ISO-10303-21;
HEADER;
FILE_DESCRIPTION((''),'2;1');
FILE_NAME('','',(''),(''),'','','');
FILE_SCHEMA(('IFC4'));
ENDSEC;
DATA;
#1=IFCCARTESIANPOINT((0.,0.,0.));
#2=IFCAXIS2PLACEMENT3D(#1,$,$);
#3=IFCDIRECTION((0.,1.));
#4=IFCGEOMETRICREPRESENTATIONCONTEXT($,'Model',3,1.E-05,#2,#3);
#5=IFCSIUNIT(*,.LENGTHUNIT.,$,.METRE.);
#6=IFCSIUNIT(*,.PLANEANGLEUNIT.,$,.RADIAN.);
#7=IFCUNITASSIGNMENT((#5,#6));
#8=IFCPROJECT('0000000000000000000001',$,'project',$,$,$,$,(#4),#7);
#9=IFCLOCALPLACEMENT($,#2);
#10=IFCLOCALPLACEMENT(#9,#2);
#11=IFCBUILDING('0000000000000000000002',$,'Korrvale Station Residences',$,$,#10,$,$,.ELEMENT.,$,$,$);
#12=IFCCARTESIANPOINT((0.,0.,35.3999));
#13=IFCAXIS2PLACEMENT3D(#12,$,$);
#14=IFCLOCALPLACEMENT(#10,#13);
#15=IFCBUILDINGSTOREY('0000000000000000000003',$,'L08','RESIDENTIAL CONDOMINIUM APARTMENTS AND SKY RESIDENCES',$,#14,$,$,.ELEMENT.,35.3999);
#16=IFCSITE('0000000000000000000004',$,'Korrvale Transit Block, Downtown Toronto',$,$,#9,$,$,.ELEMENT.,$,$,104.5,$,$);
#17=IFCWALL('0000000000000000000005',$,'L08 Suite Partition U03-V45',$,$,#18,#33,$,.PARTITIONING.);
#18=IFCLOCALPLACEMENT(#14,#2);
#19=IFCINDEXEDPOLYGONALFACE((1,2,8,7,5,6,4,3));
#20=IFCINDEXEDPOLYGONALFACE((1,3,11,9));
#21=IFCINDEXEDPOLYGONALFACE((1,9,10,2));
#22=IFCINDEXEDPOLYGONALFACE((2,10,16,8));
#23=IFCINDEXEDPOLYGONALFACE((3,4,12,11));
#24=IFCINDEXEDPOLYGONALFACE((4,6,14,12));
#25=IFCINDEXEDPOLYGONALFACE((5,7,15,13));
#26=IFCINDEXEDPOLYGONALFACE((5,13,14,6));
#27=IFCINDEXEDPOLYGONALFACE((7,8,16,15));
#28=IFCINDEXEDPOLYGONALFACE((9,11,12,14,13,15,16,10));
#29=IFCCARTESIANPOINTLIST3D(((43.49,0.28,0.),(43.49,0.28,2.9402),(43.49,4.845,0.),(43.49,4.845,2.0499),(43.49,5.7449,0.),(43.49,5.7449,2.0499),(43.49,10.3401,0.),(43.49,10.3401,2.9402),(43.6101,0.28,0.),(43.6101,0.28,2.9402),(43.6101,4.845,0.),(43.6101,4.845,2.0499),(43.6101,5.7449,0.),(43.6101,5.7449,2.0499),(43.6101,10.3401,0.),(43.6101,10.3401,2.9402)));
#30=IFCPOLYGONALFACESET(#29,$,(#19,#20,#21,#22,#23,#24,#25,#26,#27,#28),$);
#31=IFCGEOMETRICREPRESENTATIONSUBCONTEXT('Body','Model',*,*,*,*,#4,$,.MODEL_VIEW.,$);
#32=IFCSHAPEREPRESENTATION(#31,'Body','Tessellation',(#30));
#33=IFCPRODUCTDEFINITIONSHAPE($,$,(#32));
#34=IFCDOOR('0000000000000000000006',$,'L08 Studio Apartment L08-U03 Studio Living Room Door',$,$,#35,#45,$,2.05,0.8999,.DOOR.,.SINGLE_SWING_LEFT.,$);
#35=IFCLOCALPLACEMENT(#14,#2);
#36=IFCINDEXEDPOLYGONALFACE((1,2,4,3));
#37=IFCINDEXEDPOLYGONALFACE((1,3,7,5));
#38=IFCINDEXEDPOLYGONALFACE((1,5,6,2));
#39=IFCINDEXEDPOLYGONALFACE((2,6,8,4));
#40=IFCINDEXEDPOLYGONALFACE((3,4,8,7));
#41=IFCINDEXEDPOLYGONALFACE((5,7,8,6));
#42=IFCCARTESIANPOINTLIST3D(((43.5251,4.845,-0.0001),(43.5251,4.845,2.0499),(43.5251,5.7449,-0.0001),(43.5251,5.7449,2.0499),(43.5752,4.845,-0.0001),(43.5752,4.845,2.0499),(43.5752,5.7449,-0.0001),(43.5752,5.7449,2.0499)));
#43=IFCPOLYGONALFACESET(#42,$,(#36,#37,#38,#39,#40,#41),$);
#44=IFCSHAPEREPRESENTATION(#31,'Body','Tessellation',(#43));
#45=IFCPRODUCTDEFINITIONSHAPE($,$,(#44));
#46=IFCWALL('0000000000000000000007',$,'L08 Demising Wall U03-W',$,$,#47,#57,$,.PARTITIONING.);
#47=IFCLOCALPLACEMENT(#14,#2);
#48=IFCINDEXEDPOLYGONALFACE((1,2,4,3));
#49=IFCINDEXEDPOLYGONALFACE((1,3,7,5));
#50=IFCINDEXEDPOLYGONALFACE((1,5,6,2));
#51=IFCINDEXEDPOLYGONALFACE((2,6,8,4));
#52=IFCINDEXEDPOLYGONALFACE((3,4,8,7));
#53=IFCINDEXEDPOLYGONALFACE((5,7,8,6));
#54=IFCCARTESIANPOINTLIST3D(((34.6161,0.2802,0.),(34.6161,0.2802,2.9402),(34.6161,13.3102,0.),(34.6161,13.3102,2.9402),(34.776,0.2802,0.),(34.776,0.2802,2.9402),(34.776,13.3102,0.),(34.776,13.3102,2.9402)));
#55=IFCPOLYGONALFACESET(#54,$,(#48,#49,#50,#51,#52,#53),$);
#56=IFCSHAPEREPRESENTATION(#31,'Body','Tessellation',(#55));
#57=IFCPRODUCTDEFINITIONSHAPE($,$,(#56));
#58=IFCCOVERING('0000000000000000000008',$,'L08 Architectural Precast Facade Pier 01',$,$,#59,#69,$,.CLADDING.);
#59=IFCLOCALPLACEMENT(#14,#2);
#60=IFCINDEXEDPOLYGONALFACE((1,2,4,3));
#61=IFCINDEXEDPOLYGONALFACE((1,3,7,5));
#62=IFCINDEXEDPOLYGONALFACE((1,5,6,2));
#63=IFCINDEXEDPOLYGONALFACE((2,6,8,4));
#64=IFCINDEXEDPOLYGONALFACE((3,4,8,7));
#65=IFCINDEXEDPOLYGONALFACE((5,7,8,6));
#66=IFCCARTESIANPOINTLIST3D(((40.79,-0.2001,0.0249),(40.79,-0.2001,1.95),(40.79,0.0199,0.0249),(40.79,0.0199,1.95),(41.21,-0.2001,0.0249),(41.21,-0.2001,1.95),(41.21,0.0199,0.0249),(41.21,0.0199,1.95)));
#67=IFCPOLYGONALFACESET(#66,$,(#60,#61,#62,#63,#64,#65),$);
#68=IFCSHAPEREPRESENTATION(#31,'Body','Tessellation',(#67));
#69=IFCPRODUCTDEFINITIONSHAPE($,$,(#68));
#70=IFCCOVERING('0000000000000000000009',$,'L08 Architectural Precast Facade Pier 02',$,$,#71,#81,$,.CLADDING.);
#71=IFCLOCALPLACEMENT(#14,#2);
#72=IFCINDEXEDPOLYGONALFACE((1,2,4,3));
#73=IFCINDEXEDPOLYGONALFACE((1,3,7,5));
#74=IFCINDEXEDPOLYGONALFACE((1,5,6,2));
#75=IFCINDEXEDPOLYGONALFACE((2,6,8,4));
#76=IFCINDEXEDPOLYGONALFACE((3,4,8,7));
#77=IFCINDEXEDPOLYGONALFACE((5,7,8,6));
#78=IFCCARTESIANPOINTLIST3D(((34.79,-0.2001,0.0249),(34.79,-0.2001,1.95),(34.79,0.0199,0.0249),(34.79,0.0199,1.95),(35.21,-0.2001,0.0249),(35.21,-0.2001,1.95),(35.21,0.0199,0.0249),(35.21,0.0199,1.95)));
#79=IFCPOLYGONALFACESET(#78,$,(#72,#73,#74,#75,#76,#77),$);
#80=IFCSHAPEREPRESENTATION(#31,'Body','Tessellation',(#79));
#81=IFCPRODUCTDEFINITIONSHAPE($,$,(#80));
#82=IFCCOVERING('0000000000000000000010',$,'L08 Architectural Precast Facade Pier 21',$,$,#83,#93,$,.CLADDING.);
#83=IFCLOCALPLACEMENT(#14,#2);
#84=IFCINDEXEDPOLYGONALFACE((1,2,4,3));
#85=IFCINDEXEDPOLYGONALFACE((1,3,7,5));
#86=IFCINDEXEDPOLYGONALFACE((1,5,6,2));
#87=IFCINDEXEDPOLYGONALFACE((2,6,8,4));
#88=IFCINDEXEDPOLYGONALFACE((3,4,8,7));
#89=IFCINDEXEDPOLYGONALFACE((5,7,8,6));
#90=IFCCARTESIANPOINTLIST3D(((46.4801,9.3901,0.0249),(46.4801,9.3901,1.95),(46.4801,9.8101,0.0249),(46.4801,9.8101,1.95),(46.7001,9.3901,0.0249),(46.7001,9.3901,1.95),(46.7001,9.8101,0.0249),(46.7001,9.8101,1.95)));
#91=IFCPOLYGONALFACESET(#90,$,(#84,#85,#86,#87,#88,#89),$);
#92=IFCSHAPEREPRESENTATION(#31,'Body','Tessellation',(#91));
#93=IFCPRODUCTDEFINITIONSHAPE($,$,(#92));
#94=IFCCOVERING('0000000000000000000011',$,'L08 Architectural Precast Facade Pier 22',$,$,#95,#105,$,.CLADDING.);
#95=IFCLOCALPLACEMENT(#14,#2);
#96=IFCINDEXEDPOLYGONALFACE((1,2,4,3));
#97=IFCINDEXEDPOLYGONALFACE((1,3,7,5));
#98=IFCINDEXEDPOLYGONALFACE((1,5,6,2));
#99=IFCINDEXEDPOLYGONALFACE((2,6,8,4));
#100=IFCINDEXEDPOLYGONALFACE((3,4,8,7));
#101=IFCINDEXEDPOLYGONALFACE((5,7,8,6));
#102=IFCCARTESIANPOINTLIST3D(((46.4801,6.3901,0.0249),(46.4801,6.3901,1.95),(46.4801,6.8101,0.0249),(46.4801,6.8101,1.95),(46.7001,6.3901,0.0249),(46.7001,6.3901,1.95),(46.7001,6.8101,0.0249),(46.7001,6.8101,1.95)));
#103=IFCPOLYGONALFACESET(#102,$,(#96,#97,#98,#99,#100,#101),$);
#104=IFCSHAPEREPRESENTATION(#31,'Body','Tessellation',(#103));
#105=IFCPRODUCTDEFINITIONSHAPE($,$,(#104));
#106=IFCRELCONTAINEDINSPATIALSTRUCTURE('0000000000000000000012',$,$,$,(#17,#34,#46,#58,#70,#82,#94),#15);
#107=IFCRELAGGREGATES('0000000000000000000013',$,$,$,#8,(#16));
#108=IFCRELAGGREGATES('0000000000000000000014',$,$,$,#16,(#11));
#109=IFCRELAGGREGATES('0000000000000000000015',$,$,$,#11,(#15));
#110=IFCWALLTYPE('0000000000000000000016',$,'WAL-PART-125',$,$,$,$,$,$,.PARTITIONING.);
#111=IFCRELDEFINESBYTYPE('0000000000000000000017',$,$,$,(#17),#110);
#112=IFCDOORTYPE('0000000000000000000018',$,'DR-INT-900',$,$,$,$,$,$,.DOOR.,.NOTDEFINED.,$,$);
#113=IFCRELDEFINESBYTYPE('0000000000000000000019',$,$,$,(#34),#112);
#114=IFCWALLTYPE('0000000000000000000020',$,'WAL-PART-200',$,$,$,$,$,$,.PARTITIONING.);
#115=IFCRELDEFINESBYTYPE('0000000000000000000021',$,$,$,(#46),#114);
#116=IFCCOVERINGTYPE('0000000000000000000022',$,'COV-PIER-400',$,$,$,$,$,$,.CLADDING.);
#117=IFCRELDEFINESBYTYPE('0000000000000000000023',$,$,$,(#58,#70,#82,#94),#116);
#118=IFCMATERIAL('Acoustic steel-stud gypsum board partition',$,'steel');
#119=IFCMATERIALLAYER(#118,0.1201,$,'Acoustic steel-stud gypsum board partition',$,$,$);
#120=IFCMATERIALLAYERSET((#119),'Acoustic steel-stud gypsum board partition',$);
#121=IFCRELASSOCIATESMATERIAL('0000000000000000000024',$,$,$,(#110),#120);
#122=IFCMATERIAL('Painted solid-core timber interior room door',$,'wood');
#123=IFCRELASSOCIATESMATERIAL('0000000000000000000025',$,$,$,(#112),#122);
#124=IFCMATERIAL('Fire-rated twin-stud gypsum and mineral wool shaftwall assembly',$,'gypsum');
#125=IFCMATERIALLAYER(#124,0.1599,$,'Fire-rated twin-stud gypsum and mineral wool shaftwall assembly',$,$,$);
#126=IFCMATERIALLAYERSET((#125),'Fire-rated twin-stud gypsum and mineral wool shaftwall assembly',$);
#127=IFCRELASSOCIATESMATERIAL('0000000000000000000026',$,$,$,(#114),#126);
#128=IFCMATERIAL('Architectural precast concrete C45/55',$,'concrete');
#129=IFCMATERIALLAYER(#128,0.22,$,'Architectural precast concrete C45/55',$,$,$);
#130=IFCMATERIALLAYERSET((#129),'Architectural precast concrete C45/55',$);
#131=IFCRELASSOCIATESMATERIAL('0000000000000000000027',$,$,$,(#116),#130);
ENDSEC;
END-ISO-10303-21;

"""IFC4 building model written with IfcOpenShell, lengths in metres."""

from ifc_helpers import new_model, si_unit, direction, frame, frame_2d, origin, origin_2d, place, context, subcontext, project, spatial, rectangle, extrude, material, layer, layer_set, type_object, element, fill, save


model = new_model("IFC4")

# Units and contexts
model_context = context("Model", 3, precision=1e-05, world=origin(), true_north=direction((0.0, 1.0)))
body_context = subcontext(model_context, "Body", "Model", "MODEL_VIEW")
ifc_project = project(units=[si_unit("LENGTHUNIT", "METRE"), si_unit("PLANEANGLEUNIT", "RADIAN")], contexts=[model_context])

# Site, building, storey
site_placement = place(None, origin())
site = spatial("IfcSite", under=ifc_project, at=site_placement, Name="Korrvale Transit Block, Downtown Toronto", CompositionType="ELEMENT", RefElevation=104.5)
building_placement = place(site_placement, origin())
building = spatial("IfcBuilding", under=site, at=building_placement, Name="Korrvale Station Residences", CompositionType="ELEMENT")
storey_placement = place(building_placement, frame((0.0, 0.0, 35.3999)))
storey = spatial("IfcBuildingStorey", under=building, at=storey_placement, Name="L08", Description="RESIDENTIAL CONDOMINIUM APARTMENTS AND SKY RESIDENCES", CompositionType="ELEMENT", Elevation=35.3999)

# Shared definitions
ifc_material_1 = material(Name="Acoustic steel-stud gypsum board partition", Category="steel")
ifc_layer_1 = layer(ifc_material_1, 0.1201, Name="Acoustic steel-stud gypsum board partition")
ifc_layer_set_1 = layer_set([ifc_layer_1], Name="Acoustic steel-stud gypsum board partition")
wall_type_1 = type_object("IfcWallType", Name="WAL-PART-125", PredefinedType="PARTITIONING", material=ifc_layer_set_1)

# Wall, opening, door
ifc_material_2 = material(Name="Painted solid-core timber interior room door", Category="wood")
door_type = type_object("IfcDoorType", Name="DR-INT-900", OperationType="NOTDEFINED", PredefinedType="DOOR", material=ifc_material_2)
wall_1_placement = place(storey_placement, frame((43.55, 0.28, 0.0), z_axis=(0.0, 0.0, 1.0), x_axis=(0.0, 1.0, 0.0)))
wall_1 = element("IfcWall", 1, at=wall_1_placement, inside=storey, type_object=wall_type_1, Name="L08 Suite Partition U03-V45", PredefinedType="PARTITIONING", context=body_context, shape_type="SweptSolid", body=[
    extrude(rectangle(XDim=10.0601, YDim=0.1201, at=frame_2d((5.03, 0.0))), origin(), (0.0, 0.0, 1.0), 2.9402),
])
opening_1_placement = place(wall_1_placement, frame((4.5649, 0.0, 0.0)))
opening_1 = element("IfcOpeningElement", 2, at=opening_1_placement, cuts=wall_1, PredefinedType="OPENING", context=body_context, shape_type="SweptSolid", body=[
    extrude(rectangle(XDim=0.8999, YDim=2.05, at=frame_2d((0.45, 1.0249))), frame((0.0, 0.0701, 0.0), z_axis=(0.0, -1.0, 0.0), x_axis=(1.0, 0.0, 0.0)), (0.0, 0.0, 1.0), 0.1401),
])
door_1_placement = place(opening_1_placement, origin())
door_1 = element("IfcDoor", 3, at=door_1_placement, inside=storey, type_object=door_type, Name="L08 Studio Apartment L08-U03 Studio Living Room Door", OperationType="SINGLE_SWING_LEFT", OverallHeight=2.05, OverallWidth=0.8999, PredefinedType="DOOR", context=body_context, shape_type="SweptSolid", body=[
    extrude(rectangle(XDim=0.8999, YDim=2.05, at=frame_2d((0.45, 1.0249))), frame((0.0, 0.0249, 0.0), z_axis=(0.0, -1.0, 0.0), x_axis=(1.0, 0.0, 0.0)), (0.0, 0.0, 1.0), 0.05),
])
fill(opening_1, door_1)

# Wall
ifc_material_3 = material(Name="Fire-rated twin-stud gypsum and mineral wool shaftwall assembly", Category="gypsum")
ifc_layer_2 = layer(ifc_material_3, 0.1599, Name="Fire-rated twin-stud gypsum and mineral wool shaftwall assembly")
ifc_layer_set_2 = layer_set([ifc_layer_2], Name="Fire-rated twin-stud gypsum and mineral wool shaftwall assembly")
wall_type_2 = type_object("IfcWallType", Name="WAL-PART-200", PredefinedType="PARTITIONING", material=ifc_layer_set_2)
wall_2_placement = place(storey_placement, frame((34.696, 0.28, 0.0), z_axis=(0.0, 0.0, 1.0), x_axis=(0.0, 1.0, 0.0)))
element("IfcWall", 4, at=wall_2_placement, inside=storey, type_object=wall_type_2, Name="L08 Demising Wall U03-W", PredefinedType="PARTITIONING", context=body_context, shape_type="SweptSolid", body=[
    extrude(rectangle(XDim=13.03, YDim=0.1599, at=frame_2d((6.5151, 0.0))), origin(), (0.0, 0.0, 1.0), 2.9402),
])

# Coverings
ifc_material_4 = material(Name="Architectural precast concrete C45/55", Category="concrete")
ifc_layer_3 = layer(ifc_material_4, 0.22, Name="Architectural precast concrete C45/55")
ifc_layer_set_3 = layer_set([ifc_layer_3], Name="Architectural precast concrete C45/55")
covering_type = type_object("IfcCoveringType", Name="COV-PIER-400", PredefinedType="CLADDING", material=ifc_layer_set_3)
for number, where, z_axis, x_axis, name in (
    (5, (41.0, -0.0901, 0.0249), (0.0, 0.0, 1.0), (1.0, 0.0, 0.0), "L08 Architectural Precast Facade Pier 01"),
    (6, (35.0, -0.0901, 0.0249), (0.0, 0.0, 1.0), (1.0, 0.0, 0.0), "L08 Architectural Precast Facade Pier 02"),
    (7, (46.5901, 9.6001, 0.0249), (0.0, 0.0, 1.0), (0.0, 1.0, 0.0), "L08 Architectural Precast Facade Pier 21"),
    (8, (46.5901, 6.6001, 0.0249), (0.0, 0.0, 1.0), (0.0, 1.0, 0.0), "L08 Architectural Precast Facade Pier 22"),
):
    element("IfcCovering", number, at=place(storey_placement, frame(where, z_axis=z_axis, x_axis=x_axis)), inside=storey, type_object=covering_type, Name=name, PredefinedType="CLADDING", context=body_context, shape_type="SweptSolid", body=[
        extrude(rectangle(XDim=0.4199, YDim=0.22, at=origin_2d()), origin(), (0.0, 0.0, 1.0), 1.925),
    ])

save(model, "model.ifc")
